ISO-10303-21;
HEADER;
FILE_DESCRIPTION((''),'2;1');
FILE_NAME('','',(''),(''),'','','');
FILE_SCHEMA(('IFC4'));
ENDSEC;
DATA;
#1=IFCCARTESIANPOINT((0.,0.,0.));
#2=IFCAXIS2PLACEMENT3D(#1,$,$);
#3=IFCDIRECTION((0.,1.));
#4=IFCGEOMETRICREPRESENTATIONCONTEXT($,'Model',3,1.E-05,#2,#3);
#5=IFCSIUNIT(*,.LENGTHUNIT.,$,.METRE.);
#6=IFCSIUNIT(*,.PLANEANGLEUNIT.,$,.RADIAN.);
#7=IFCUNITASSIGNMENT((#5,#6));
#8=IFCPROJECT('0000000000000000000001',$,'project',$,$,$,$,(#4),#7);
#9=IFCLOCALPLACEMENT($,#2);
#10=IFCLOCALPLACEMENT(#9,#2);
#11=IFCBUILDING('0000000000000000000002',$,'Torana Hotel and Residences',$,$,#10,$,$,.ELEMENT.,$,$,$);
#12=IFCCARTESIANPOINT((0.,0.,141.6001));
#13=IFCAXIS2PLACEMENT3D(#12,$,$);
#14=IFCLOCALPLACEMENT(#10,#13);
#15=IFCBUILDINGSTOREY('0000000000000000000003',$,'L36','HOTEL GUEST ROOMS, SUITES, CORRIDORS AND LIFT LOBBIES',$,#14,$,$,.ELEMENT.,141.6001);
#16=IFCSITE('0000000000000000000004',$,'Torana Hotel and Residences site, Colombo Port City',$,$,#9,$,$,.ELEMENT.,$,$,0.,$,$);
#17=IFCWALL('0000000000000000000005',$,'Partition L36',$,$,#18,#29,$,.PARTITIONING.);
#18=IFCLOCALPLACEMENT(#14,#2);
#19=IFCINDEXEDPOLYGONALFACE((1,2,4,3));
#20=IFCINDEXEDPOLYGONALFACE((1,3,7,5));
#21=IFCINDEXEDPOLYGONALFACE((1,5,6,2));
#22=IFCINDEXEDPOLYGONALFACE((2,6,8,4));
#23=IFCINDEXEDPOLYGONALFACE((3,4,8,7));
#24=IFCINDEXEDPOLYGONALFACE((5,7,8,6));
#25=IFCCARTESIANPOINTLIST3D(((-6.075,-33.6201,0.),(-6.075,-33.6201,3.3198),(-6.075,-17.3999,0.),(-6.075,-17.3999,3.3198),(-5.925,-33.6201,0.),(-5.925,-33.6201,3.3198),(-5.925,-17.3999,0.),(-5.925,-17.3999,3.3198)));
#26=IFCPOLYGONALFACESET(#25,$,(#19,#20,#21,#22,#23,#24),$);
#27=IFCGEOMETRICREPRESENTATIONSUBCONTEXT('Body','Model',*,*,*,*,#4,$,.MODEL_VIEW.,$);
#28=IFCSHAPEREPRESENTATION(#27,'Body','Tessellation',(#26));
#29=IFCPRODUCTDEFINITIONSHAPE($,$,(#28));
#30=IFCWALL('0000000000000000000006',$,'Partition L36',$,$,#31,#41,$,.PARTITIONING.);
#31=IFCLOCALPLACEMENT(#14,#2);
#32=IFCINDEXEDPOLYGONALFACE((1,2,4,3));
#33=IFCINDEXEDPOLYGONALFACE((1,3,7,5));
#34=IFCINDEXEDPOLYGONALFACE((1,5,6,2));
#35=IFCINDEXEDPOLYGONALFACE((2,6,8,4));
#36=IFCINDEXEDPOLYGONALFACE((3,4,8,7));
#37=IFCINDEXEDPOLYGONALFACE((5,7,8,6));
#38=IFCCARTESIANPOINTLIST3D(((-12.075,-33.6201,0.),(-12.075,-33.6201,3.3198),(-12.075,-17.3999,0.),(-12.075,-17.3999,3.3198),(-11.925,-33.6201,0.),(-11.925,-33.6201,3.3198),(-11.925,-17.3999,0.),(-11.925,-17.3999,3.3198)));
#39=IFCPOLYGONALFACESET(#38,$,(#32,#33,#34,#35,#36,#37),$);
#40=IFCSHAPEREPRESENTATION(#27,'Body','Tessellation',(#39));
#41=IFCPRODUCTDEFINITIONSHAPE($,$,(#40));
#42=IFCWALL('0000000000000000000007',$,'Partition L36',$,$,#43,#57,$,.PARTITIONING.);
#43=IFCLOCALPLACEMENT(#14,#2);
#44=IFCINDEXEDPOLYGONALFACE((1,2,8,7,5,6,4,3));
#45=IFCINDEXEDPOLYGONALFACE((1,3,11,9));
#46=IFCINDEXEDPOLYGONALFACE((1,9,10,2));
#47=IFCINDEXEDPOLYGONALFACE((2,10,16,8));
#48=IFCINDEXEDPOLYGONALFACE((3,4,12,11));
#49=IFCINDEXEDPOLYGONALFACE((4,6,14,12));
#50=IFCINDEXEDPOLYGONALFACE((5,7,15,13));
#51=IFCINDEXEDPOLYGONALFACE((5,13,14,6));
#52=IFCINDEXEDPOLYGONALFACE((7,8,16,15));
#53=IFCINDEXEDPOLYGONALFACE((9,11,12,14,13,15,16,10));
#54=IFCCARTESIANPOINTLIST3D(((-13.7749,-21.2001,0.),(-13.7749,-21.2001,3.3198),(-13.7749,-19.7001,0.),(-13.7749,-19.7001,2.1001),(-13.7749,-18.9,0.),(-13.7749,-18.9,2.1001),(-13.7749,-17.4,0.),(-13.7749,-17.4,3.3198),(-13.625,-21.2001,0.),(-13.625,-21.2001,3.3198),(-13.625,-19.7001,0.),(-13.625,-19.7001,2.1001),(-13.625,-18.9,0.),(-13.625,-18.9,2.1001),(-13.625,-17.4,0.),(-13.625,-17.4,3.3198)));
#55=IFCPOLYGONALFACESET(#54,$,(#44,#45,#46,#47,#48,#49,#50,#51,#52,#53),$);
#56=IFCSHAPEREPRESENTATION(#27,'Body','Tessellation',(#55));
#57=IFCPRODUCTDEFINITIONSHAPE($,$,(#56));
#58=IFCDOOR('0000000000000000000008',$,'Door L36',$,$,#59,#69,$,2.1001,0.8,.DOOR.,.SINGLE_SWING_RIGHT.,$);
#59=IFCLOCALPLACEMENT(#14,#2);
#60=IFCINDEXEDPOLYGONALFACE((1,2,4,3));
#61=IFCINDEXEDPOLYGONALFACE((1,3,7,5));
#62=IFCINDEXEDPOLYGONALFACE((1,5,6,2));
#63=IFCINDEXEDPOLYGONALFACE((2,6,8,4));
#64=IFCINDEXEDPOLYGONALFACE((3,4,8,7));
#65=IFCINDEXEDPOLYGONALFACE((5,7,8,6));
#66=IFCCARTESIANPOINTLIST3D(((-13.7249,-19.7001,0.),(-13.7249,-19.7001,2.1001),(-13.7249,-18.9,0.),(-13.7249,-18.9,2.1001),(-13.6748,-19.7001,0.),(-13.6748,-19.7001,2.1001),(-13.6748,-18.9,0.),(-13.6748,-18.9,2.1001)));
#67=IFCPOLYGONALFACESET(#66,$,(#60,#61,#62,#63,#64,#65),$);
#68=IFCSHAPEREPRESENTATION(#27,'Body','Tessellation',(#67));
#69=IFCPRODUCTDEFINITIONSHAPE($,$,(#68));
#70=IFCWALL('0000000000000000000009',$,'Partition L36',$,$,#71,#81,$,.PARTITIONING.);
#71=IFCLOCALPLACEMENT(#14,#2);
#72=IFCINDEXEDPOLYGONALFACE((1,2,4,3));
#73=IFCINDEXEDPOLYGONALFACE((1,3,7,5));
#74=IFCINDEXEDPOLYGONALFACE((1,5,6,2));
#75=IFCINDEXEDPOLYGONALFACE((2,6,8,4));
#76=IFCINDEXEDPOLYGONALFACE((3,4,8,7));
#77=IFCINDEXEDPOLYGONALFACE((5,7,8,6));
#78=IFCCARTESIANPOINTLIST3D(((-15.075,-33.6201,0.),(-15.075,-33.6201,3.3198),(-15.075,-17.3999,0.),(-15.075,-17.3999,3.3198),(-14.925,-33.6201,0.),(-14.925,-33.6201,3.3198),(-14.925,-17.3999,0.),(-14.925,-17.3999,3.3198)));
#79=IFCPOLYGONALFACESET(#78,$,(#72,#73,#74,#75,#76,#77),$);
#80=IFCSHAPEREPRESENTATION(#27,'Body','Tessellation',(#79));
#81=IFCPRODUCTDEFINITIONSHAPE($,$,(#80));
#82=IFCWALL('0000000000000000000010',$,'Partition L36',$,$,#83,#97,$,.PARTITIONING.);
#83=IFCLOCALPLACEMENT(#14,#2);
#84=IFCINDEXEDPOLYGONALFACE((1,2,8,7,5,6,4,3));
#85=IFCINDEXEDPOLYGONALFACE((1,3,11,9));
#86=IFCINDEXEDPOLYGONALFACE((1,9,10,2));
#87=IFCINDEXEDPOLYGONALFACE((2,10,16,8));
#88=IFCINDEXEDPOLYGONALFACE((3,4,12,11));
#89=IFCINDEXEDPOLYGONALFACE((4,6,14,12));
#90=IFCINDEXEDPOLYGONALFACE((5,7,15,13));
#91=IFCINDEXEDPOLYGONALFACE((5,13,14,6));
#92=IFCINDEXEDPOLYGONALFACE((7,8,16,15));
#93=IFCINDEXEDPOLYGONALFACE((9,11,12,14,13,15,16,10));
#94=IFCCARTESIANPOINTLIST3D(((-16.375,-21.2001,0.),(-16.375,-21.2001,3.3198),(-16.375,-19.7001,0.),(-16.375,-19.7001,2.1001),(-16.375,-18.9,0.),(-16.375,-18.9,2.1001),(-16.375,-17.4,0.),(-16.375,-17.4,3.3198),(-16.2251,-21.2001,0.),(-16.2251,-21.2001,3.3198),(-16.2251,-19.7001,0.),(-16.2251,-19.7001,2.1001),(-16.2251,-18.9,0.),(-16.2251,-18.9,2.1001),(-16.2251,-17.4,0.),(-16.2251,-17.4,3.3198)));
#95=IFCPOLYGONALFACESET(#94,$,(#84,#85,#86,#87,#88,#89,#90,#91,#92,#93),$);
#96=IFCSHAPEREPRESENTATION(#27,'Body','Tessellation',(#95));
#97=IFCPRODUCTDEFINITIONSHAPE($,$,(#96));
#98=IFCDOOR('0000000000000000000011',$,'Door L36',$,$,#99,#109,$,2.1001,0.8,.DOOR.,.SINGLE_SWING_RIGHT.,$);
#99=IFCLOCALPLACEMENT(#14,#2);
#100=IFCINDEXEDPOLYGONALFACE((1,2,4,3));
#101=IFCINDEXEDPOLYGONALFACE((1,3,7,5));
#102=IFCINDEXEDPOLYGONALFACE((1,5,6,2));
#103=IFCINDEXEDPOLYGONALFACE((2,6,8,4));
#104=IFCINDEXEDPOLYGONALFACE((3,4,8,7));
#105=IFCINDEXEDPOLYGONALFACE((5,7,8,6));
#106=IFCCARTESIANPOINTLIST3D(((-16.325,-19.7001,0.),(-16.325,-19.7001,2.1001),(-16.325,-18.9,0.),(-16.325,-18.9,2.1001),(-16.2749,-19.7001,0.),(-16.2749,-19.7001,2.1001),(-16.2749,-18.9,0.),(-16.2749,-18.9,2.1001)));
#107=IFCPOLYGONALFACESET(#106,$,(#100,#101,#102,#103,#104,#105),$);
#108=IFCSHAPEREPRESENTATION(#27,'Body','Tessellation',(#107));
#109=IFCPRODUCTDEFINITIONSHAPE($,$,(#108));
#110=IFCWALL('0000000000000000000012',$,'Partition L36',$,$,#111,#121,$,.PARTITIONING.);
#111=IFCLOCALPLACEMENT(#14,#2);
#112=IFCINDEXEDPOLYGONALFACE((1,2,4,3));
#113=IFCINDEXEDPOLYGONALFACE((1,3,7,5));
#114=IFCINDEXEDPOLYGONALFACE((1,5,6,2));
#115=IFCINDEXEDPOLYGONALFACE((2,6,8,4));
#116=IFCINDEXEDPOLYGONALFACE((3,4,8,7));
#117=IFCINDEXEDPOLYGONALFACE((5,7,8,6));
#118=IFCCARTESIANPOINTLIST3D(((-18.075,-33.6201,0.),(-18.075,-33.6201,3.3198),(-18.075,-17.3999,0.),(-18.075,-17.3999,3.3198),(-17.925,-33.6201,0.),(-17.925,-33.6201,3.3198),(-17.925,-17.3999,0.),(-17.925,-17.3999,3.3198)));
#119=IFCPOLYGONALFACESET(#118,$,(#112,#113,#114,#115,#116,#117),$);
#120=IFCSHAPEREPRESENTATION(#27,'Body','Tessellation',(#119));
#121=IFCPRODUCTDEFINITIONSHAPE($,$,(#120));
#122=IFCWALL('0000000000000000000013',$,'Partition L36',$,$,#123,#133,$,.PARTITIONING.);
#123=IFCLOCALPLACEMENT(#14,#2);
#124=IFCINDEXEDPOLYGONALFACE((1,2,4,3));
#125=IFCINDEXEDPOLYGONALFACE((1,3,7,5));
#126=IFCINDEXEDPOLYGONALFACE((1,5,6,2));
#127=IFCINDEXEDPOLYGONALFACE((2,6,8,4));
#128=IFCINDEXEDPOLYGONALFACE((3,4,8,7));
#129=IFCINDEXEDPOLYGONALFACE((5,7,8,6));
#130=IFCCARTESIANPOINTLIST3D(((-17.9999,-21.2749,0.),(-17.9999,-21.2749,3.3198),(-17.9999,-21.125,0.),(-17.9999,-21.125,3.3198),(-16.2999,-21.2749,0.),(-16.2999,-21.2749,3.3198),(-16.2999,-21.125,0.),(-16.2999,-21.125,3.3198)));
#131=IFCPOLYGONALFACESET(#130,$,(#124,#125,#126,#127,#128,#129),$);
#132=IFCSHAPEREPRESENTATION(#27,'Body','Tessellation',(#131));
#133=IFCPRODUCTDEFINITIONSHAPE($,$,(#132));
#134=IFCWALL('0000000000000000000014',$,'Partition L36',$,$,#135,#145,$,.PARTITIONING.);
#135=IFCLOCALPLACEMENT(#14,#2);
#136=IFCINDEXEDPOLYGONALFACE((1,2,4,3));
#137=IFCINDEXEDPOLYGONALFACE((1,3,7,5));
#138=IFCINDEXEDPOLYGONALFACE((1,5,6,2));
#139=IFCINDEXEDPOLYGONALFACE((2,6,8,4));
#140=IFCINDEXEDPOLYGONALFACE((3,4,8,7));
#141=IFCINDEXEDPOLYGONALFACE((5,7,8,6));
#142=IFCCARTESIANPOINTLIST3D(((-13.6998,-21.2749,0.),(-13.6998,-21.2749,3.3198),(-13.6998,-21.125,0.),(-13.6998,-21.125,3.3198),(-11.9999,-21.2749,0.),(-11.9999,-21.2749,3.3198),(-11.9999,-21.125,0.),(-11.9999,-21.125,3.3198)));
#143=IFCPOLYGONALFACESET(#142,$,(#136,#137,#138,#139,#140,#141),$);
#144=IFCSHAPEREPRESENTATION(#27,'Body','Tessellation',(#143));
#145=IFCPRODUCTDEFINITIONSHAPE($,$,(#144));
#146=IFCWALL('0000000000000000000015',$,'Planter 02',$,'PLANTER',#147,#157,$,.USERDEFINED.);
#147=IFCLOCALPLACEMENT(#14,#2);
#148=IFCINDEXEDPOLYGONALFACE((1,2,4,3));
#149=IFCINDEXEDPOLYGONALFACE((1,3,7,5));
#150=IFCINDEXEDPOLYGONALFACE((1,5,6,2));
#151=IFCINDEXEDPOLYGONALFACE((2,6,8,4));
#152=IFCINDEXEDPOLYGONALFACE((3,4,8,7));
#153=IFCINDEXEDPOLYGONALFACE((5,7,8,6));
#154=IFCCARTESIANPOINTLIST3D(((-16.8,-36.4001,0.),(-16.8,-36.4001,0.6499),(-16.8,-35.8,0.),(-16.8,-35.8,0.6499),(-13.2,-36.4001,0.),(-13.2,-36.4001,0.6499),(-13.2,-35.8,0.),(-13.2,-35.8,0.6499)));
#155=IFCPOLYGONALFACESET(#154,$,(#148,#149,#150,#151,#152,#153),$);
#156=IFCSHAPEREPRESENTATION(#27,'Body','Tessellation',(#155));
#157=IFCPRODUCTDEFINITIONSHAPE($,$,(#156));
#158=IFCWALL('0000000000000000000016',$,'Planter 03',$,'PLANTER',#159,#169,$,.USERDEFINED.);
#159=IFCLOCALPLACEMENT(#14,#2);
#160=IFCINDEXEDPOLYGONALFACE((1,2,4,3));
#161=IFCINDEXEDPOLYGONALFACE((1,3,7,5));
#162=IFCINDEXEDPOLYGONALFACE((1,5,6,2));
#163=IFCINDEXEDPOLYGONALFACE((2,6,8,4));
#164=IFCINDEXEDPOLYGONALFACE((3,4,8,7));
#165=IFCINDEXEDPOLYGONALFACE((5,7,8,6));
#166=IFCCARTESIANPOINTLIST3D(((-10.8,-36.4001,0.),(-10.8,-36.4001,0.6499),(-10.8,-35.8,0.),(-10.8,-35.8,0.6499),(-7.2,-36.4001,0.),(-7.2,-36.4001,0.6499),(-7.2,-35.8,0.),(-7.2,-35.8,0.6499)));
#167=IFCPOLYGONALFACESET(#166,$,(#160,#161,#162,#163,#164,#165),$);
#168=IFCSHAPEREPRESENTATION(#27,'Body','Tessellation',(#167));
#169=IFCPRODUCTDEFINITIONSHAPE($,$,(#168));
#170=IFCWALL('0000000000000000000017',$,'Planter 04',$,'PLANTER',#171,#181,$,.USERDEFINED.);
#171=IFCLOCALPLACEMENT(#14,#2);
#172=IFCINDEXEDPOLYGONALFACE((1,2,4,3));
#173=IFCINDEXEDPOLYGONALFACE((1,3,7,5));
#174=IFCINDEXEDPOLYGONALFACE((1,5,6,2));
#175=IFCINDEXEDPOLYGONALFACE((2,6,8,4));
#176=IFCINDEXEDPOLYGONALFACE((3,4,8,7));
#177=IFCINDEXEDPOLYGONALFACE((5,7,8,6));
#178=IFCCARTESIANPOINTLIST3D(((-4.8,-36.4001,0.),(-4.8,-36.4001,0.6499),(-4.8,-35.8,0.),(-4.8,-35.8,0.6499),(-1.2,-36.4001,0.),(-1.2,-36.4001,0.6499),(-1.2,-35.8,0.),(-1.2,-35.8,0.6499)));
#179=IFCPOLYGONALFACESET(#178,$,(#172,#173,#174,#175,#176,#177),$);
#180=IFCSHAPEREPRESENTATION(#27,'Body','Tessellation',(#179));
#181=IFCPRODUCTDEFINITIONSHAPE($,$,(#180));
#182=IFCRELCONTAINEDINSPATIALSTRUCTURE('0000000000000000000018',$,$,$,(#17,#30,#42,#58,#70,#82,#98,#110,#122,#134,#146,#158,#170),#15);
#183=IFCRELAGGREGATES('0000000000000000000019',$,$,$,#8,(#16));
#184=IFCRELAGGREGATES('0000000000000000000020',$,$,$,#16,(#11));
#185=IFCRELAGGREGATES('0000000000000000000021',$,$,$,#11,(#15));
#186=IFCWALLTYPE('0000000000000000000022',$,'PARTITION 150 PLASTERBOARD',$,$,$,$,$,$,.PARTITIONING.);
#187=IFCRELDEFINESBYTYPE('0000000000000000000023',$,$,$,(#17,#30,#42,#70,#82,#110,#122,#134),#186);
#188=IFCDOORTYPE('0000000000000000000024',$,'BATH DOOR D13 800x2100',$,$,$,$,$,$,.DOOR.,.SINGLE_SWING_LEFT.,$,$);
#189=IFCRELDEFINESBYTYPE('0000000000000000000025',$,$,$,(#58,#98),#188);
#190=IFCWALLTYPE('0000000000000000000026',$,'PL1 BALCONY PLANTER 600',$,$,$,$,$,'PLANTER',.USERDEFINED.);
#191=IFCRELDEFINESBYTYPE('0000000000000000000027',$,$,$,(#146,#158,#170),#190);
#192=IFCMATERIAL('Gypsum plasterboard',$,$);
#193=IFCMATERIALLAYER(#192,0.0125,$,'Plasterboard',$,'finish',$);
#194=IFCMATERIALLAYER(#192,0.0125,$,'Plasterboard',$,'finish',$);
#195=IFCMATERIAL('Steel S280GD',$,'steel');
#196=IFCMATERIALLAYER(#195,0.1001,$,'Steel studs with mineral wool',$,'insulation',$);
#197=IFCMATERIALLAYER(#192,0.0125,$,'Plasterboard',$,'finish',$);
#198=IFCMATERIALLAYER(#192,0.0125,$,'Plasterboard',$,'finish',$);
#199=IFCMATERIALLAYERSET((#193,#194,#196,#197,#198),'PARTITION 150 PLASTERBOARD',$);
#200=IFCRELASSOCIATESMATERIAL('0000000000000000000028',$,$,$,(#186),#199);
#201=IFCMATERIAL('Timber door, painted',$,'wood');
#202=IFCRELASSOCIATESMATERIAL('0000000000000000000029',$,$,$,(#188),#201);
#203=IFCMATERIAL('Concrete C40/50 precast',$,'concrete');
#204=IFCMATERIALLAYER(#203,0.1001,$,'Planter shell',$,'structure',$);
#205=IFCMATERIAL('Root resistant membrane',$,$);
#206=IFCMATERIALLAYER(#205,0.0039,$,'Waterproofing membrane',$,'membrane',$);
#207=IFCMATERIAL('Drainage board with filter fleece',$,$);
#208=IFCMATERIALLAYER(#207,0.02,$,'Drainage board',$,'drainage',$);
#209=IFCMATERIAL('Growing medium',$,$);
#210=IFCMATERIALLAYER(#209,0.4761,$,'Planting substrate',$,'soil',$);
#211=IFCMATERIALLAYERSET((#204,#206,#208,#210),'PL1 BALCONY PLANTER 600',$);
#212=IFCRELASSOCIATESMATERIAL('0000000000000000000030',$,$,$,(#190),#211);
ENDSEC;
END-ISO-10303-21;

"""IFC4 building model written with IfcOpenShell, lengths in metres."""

from ifc_helpers import new_model, si_unit, direction, frame, frame_2d, origin, place, context, subcontext, project, spatial, rectangle, extrude, material, layer, layer_set, type_object, element, fill, save


model = new_model("IFC4")

# Units and contexts
model_context = context("Model", 3, precision=1e-05, world=origin(), true_north=direction((0.0, 1.0)))
body_context = subcontext(model_context, "Body", "Model", "MODEL_VIEW")
ifc_project = project(units=[si_unit("LENGTHUNIT", "METRE"), si_unit("PLANEANGLEUNIT", "RADIAN")], contexts=[model_context])

# Site, building, storey
site_placement = place(None, origin())
site = spatial("IfcSite", under=ifc_project, at=site_placement, Name="Torana Hotel and Residences site, Colombo Port City", CompositionType="ELEMENT", RefElevation=0.0)
building_placement = place(site_placement, origin())
building = spatial("IfcBuilding", under=site, at=building_placement, Name="Torana Hotel and Residences", CompositionType="ELEMENT")
storey_placement = place(building_placement, frame((0.0, 0.0, 141.6001)))
storey = spatial("IfcBuildingStorey", under=building, at=storey_placement, Name="L36", Description="HOTEL GUEST ROOMS, SUITES, CORRIDORS AND LIFT LOBBIES", CompositionType="ELEMENT", Elevation=141.6001)

# Walls
ifc_material_1 = material(Name="Gypsum plasterboard")
ifc_layer_1 = layer(ifc_material_1, 0.0125, Name="Plasterboard", Category="finish")
ifc_layer_2 = layer(ifc_material_1, 0.0125, Name="Plasterboard", Category="finish")
ifc_material_2 = material(Name="Steel S280GD", Category="steel")
ifc_layer_3 = layer(ifc_material_2, 0.1001, Name="Steel studs with mineral wool", Category="insulation")
ifc_layer_4 = layer(ifc_material_1, 0.0125, Name="Plasterboard", Category="finish")
ifc_layer_5 = layer(ifc_material_1, 0.0125, Name="Plasterboard", Category="finish")
ifc_layer_set_1 = layer_set([ifc_layer_1, ifc_layer_2, ifc_layer_3, ifc_layer_4, ifc_layer_5], Name="PARTITION 150 PLASTERBOARD")
wall_type_1 = type_object("IfcWallType", Name="PARTITION 150 PLASTERBOARD", PredefinedType="PARTITIONING", material=ifc_layer_set_1)
for number, where, z_axis, x_axis, name in (
    (1, (-6.0, -33.6201, 0.0), (0.0, 0.0, 1.0), (0.0, 1.0, 0.0), "Partition L36"),
    (2, (-12.0, -33.6201, 0.0), (0.0, 0.0, 1.0), (0.0, 1.0, 0.0), "Partition L36"),
):
    element("IfcWall", number, at=place(storey_placement, frame(where, z_axis=z_axis, x_axis=x_axis)), inside=storey, type_object=wall_type_1, Name=name, PredefinedType="PARTITIONING", context=body_context, shape_type="SweptSolid", body=[
        extrude(rectangle(XDim=16.2202, YDim=0.1499, at=frame_2d((8.1101, 0.0))), origin(), (0.0, 0.0, 1.0), 3.3198),
    ])

# Wall, opening, door
wall_1_placement = place(storey_placement, frame((-13.7, -21.2, 0.0), z_axis=(0.0, 0.0, 1.0), x_axis=(0.0, 1.0, 0.0)))
wall_1 = element("IfcWall", 3, at=wall_1_placement, inside=storey, type_object=wall_type_1, Name="Partition L36", PredefinedType="PARTITIONING", context=body_context, shape_type="SweptSolid", body=[
    extrude(rectangle(XDim=3.8, YDim=0.1499, at=frame_2d((1.8999, 0.0))), origin(), (0.0, 0.0, 1.0), 3.3198),
])
opening_1_placement = place(wall_1_placement, frame((1.5, 0.0, 0.0)))
opening_1 = element("IfcOpeningElement", 4, at=opening_1_placement, cuts=wall_1, PredefinedType="OPENING", context=body_context, shape_type="SweptSolid", body=[
    extrude(rectangle(XDim=0.8, YDim=2.1001, at=frame_2d((0.3999, 1.05))), frame((0.0, 0.085, 0.0), z_axis=(0.0, -1.0, 0.0), x_axis=(1.0, 0.0, 0.0)), (0.0, 0.0, 1.0), 0.1699),
])
ifc_material_3 = material(Name="Timber door, painted", Category="wood")
door_type_1 = type_object("IfcDoorType", Name="BATH DOOR D13 800x2100", OperationType="SINGLE_SWING_LEFT", PredefinedType="DOOR", material=ifc_material_3)
door_1_placement = place(opening_1_placement, origin())
door_1 = element("IfcDoor", 5, at=door_1_placement, inside=storey, type_object=door_type_1, Name="Door L36", OperationType="SINGLE_SWING_RIGHT", OverallHeight=2.1001, OverallWidth=0.8, PredefinedType="DOOR", context=body_context, shape_type="SweptSolid", body=[
    extrude(rectangle(XDim=0.8, YDim=2.1001, at=frame_2d((0.3999, 1.05))), frame((0.0, 0.0249, 0.0), z_axis=(0.0, -1.0, 0.0), x_axis=(1.0, 0.0, 0.0)), (0.0, 0.0, 1.0), 0.05),
])
fill(opening_1, door_1)

# Wall
wall_2_placement = place(storey_placement, frame((-15.0, -33.6201, 0.0), z_axis=(0.0, 0.0, 1.0), x_axis=(0.0, 1.0, 0.0)))
element("IfcWall", 6, at=wall_2_placement, inside=storey, type_object=wall_type_1, Name="Partition L36", PredefinedType="PARTITIONING", context=body_context, shape_type="SweptSolid", body=[
    extrude(rectangle(XDim=16.2202, YDim=0.1499, at=frame_2d((8.1101, 0.0))), origin(), (0.0, 0.0, 1.0), 3.3198),
])

# Wall, opening, door
wall_3_placement = place(storey_placement, frame((-16.3, -21.2, 0.0), z_axis=(0.0, 0.0, 1.0), x_axis=(0.0, 1.0, 0.0)))
wall_3 = element("IfcWall", 7, at=wall_3_placement, inside=storey, type_object=wall_type_1, Name="Partition L36", PredefinedType="PARTITIONING", context=body_context, shape_type="SweptSolid", body=[
    extrude(rectangle(XDim=3.8, YDim=0.1499, at=frame_2d((1.8999, 0.0))), origin(), (0.0, 0.0, 1.0), 3.3198),
])
opening_2_placement = place(wall_3_placement, frame((1.5, 0.0, 0.0)))
opening_2 = element("IfcOpeningElement", 8, at=opening_2_placement, cuts=wall_3, PredefinedType="OPENING", context=body_context, shape_type="SweptSolid", body=[
    extrude(rectangle(XDim=0.8, YDim=2.1001, at=frame_2d((0.3999, 1.05))), frame((0.0, 0.085, 0.0), z_axis=(0.0, -1.0, 0.0), x_axis=(1.0, 0.0, 0.0)), (0.0, 0.0, 1.0), 0.1699),
])
door_2_placement = place(opening_2_placement, origin())
door_2 = element("IfcDoor", 9, at=door_2_placement, inside=storey, type_object=door_type_1, Name="Door L36", OperationType="SINGLE_SWING_RIGHT", OverallHeight=2.1001, OverallWidth=0.8, PredefinedType="DOOR", context=body_context, shape_type="SweptSolid", body=[
    extrude(rectangle(XDim=0.8, YDim=2.1001, at=frame_2d((0.3999, 1.05))), frame((0.0, 0.0249, 0.0), z_axis=(0.0, -1.0, 0.0), x_axis=(1.0, 0.0, 0.0)), (0.0, 0.0, 1.0), 0.05),
])
fill(opening_2, door_2)

# Walls
wall_4_placement = place(storey_placement, frame((-18.0, -33.6201, 0.0), z_axis=(0.0, 0.0, 1.0), x_axis=(0.0, 1.0, 0.0)))
element("IfcWall", 10, at=wall_4_placement, inside=storey, type_object=wall_type_1, Name="Partition L36", PredefinedType="PARTITIONING", context=body_context, shape_type="SweptSolid", body=[
    extrude(rectangle(XDim=16.2202, YDim=0.1499, at=frame_2d((8.1101, 0.0))), origin(), (0.0, 0.0, 1.0), 3.3198),
])
for number, where, z_axis, x_axis, name in (
    (11, (-18.0, -21.2, 0.0), (0.0, 0.0, 1.0), (1.0, 0.0, 0.0), "Partition L36"),
    (12, (-13.7, -21.2, 0.0), (0.0, 0.0, 1.0), (1.0, 0.0, 0.0), "Partition L36"),
):
    element("IfcWall", number, at=place(storey_placement, frame(where, z_axis=z_axis, x_axis=x_axis)), inside=storey, type_object=wall_type_1, Name=name, PredefinedType="PARTITIONING", context=body_context, shape_type="SweptSolid", body=[
        extrude(rectangle(XDim=1.7, YDim=0.1499, at=frame_2d((0.8501, 0.0))), origin(), (0.0, 0.0, 1.0), 3.3198),
    ])
ifc_material_4 = material(Name="Concrete C40/50 precast", Category="concrete")
ifc_layer_6 = layer(ifc_material_4, 0.1001, Name="Planter shell", Category="structure")
ifc_material_5 = material(Name="Root resistant membrane")
ifc_layer_7 = layer(ifc_material_5, 0.0039, Name="Waterproofing membrane", Category="membrane")
ifc_material_6 = material(Name="Drainage board with filter fleece")
ifc_layer_8 = layer(ifc_material_6, 0.02, Name="Drainage board", Category="drainage")
ifc_material_7 = material(Name="Growing medium")
ifc_layer_9 = layer(ifc_material_7, 0.4761, Name="Planting substrate", Category="soil")
ifc_layer_set_2 = layer_set([ifc_layer_6, ifc_layer_7, ifc_layer_8, ifc_layer_9], Name="PL1 BALCONY PLANTER 600")
wall_type_2 = type_object("IfcWallType", Name="PL1 BALCONY PLANTER 600", ElementType="PLANTER", PredefinedType="USERDEFINED", material=ifc_layer_set_2)
for number, where, z_axis, x_axis, name in (
    (13, (-13.2, -36.1001, 0.0), (0.0, 0.0, 1.0), (-1.0, 0.0, 0.0), "Planter 02"),
    (14, (-7.2, -36.1001, 0.0), (0.0, 0.0, 1.0), (-1.0, 0.0, 0.0), "Planter 03"),
    (15, (-1.2, -36.1001, 0.0), (0.0, 0.0, 1.0), (-1.0, 0.0, 0.0), "Planter 04"),
):
    element("IfcWall", number, at=place(storey_placement, frame(where, z_axis=z_axis, x_axis=x_axis)), inside=storey, type_object=wall_type_2, Name=name, ObjectType="PLANTER", PredefinedType="USERDEFINED", context=body_context, shape_type="SweptSolid", body=[
        extrude(rectangle(XDim=3.6001, YDim=0.6001, at=frame_2d((1.8, 0.0))), origin(), (0.0, 0.0, 1.0), 0.6499),
    ])

save(model, "model.ifc")
